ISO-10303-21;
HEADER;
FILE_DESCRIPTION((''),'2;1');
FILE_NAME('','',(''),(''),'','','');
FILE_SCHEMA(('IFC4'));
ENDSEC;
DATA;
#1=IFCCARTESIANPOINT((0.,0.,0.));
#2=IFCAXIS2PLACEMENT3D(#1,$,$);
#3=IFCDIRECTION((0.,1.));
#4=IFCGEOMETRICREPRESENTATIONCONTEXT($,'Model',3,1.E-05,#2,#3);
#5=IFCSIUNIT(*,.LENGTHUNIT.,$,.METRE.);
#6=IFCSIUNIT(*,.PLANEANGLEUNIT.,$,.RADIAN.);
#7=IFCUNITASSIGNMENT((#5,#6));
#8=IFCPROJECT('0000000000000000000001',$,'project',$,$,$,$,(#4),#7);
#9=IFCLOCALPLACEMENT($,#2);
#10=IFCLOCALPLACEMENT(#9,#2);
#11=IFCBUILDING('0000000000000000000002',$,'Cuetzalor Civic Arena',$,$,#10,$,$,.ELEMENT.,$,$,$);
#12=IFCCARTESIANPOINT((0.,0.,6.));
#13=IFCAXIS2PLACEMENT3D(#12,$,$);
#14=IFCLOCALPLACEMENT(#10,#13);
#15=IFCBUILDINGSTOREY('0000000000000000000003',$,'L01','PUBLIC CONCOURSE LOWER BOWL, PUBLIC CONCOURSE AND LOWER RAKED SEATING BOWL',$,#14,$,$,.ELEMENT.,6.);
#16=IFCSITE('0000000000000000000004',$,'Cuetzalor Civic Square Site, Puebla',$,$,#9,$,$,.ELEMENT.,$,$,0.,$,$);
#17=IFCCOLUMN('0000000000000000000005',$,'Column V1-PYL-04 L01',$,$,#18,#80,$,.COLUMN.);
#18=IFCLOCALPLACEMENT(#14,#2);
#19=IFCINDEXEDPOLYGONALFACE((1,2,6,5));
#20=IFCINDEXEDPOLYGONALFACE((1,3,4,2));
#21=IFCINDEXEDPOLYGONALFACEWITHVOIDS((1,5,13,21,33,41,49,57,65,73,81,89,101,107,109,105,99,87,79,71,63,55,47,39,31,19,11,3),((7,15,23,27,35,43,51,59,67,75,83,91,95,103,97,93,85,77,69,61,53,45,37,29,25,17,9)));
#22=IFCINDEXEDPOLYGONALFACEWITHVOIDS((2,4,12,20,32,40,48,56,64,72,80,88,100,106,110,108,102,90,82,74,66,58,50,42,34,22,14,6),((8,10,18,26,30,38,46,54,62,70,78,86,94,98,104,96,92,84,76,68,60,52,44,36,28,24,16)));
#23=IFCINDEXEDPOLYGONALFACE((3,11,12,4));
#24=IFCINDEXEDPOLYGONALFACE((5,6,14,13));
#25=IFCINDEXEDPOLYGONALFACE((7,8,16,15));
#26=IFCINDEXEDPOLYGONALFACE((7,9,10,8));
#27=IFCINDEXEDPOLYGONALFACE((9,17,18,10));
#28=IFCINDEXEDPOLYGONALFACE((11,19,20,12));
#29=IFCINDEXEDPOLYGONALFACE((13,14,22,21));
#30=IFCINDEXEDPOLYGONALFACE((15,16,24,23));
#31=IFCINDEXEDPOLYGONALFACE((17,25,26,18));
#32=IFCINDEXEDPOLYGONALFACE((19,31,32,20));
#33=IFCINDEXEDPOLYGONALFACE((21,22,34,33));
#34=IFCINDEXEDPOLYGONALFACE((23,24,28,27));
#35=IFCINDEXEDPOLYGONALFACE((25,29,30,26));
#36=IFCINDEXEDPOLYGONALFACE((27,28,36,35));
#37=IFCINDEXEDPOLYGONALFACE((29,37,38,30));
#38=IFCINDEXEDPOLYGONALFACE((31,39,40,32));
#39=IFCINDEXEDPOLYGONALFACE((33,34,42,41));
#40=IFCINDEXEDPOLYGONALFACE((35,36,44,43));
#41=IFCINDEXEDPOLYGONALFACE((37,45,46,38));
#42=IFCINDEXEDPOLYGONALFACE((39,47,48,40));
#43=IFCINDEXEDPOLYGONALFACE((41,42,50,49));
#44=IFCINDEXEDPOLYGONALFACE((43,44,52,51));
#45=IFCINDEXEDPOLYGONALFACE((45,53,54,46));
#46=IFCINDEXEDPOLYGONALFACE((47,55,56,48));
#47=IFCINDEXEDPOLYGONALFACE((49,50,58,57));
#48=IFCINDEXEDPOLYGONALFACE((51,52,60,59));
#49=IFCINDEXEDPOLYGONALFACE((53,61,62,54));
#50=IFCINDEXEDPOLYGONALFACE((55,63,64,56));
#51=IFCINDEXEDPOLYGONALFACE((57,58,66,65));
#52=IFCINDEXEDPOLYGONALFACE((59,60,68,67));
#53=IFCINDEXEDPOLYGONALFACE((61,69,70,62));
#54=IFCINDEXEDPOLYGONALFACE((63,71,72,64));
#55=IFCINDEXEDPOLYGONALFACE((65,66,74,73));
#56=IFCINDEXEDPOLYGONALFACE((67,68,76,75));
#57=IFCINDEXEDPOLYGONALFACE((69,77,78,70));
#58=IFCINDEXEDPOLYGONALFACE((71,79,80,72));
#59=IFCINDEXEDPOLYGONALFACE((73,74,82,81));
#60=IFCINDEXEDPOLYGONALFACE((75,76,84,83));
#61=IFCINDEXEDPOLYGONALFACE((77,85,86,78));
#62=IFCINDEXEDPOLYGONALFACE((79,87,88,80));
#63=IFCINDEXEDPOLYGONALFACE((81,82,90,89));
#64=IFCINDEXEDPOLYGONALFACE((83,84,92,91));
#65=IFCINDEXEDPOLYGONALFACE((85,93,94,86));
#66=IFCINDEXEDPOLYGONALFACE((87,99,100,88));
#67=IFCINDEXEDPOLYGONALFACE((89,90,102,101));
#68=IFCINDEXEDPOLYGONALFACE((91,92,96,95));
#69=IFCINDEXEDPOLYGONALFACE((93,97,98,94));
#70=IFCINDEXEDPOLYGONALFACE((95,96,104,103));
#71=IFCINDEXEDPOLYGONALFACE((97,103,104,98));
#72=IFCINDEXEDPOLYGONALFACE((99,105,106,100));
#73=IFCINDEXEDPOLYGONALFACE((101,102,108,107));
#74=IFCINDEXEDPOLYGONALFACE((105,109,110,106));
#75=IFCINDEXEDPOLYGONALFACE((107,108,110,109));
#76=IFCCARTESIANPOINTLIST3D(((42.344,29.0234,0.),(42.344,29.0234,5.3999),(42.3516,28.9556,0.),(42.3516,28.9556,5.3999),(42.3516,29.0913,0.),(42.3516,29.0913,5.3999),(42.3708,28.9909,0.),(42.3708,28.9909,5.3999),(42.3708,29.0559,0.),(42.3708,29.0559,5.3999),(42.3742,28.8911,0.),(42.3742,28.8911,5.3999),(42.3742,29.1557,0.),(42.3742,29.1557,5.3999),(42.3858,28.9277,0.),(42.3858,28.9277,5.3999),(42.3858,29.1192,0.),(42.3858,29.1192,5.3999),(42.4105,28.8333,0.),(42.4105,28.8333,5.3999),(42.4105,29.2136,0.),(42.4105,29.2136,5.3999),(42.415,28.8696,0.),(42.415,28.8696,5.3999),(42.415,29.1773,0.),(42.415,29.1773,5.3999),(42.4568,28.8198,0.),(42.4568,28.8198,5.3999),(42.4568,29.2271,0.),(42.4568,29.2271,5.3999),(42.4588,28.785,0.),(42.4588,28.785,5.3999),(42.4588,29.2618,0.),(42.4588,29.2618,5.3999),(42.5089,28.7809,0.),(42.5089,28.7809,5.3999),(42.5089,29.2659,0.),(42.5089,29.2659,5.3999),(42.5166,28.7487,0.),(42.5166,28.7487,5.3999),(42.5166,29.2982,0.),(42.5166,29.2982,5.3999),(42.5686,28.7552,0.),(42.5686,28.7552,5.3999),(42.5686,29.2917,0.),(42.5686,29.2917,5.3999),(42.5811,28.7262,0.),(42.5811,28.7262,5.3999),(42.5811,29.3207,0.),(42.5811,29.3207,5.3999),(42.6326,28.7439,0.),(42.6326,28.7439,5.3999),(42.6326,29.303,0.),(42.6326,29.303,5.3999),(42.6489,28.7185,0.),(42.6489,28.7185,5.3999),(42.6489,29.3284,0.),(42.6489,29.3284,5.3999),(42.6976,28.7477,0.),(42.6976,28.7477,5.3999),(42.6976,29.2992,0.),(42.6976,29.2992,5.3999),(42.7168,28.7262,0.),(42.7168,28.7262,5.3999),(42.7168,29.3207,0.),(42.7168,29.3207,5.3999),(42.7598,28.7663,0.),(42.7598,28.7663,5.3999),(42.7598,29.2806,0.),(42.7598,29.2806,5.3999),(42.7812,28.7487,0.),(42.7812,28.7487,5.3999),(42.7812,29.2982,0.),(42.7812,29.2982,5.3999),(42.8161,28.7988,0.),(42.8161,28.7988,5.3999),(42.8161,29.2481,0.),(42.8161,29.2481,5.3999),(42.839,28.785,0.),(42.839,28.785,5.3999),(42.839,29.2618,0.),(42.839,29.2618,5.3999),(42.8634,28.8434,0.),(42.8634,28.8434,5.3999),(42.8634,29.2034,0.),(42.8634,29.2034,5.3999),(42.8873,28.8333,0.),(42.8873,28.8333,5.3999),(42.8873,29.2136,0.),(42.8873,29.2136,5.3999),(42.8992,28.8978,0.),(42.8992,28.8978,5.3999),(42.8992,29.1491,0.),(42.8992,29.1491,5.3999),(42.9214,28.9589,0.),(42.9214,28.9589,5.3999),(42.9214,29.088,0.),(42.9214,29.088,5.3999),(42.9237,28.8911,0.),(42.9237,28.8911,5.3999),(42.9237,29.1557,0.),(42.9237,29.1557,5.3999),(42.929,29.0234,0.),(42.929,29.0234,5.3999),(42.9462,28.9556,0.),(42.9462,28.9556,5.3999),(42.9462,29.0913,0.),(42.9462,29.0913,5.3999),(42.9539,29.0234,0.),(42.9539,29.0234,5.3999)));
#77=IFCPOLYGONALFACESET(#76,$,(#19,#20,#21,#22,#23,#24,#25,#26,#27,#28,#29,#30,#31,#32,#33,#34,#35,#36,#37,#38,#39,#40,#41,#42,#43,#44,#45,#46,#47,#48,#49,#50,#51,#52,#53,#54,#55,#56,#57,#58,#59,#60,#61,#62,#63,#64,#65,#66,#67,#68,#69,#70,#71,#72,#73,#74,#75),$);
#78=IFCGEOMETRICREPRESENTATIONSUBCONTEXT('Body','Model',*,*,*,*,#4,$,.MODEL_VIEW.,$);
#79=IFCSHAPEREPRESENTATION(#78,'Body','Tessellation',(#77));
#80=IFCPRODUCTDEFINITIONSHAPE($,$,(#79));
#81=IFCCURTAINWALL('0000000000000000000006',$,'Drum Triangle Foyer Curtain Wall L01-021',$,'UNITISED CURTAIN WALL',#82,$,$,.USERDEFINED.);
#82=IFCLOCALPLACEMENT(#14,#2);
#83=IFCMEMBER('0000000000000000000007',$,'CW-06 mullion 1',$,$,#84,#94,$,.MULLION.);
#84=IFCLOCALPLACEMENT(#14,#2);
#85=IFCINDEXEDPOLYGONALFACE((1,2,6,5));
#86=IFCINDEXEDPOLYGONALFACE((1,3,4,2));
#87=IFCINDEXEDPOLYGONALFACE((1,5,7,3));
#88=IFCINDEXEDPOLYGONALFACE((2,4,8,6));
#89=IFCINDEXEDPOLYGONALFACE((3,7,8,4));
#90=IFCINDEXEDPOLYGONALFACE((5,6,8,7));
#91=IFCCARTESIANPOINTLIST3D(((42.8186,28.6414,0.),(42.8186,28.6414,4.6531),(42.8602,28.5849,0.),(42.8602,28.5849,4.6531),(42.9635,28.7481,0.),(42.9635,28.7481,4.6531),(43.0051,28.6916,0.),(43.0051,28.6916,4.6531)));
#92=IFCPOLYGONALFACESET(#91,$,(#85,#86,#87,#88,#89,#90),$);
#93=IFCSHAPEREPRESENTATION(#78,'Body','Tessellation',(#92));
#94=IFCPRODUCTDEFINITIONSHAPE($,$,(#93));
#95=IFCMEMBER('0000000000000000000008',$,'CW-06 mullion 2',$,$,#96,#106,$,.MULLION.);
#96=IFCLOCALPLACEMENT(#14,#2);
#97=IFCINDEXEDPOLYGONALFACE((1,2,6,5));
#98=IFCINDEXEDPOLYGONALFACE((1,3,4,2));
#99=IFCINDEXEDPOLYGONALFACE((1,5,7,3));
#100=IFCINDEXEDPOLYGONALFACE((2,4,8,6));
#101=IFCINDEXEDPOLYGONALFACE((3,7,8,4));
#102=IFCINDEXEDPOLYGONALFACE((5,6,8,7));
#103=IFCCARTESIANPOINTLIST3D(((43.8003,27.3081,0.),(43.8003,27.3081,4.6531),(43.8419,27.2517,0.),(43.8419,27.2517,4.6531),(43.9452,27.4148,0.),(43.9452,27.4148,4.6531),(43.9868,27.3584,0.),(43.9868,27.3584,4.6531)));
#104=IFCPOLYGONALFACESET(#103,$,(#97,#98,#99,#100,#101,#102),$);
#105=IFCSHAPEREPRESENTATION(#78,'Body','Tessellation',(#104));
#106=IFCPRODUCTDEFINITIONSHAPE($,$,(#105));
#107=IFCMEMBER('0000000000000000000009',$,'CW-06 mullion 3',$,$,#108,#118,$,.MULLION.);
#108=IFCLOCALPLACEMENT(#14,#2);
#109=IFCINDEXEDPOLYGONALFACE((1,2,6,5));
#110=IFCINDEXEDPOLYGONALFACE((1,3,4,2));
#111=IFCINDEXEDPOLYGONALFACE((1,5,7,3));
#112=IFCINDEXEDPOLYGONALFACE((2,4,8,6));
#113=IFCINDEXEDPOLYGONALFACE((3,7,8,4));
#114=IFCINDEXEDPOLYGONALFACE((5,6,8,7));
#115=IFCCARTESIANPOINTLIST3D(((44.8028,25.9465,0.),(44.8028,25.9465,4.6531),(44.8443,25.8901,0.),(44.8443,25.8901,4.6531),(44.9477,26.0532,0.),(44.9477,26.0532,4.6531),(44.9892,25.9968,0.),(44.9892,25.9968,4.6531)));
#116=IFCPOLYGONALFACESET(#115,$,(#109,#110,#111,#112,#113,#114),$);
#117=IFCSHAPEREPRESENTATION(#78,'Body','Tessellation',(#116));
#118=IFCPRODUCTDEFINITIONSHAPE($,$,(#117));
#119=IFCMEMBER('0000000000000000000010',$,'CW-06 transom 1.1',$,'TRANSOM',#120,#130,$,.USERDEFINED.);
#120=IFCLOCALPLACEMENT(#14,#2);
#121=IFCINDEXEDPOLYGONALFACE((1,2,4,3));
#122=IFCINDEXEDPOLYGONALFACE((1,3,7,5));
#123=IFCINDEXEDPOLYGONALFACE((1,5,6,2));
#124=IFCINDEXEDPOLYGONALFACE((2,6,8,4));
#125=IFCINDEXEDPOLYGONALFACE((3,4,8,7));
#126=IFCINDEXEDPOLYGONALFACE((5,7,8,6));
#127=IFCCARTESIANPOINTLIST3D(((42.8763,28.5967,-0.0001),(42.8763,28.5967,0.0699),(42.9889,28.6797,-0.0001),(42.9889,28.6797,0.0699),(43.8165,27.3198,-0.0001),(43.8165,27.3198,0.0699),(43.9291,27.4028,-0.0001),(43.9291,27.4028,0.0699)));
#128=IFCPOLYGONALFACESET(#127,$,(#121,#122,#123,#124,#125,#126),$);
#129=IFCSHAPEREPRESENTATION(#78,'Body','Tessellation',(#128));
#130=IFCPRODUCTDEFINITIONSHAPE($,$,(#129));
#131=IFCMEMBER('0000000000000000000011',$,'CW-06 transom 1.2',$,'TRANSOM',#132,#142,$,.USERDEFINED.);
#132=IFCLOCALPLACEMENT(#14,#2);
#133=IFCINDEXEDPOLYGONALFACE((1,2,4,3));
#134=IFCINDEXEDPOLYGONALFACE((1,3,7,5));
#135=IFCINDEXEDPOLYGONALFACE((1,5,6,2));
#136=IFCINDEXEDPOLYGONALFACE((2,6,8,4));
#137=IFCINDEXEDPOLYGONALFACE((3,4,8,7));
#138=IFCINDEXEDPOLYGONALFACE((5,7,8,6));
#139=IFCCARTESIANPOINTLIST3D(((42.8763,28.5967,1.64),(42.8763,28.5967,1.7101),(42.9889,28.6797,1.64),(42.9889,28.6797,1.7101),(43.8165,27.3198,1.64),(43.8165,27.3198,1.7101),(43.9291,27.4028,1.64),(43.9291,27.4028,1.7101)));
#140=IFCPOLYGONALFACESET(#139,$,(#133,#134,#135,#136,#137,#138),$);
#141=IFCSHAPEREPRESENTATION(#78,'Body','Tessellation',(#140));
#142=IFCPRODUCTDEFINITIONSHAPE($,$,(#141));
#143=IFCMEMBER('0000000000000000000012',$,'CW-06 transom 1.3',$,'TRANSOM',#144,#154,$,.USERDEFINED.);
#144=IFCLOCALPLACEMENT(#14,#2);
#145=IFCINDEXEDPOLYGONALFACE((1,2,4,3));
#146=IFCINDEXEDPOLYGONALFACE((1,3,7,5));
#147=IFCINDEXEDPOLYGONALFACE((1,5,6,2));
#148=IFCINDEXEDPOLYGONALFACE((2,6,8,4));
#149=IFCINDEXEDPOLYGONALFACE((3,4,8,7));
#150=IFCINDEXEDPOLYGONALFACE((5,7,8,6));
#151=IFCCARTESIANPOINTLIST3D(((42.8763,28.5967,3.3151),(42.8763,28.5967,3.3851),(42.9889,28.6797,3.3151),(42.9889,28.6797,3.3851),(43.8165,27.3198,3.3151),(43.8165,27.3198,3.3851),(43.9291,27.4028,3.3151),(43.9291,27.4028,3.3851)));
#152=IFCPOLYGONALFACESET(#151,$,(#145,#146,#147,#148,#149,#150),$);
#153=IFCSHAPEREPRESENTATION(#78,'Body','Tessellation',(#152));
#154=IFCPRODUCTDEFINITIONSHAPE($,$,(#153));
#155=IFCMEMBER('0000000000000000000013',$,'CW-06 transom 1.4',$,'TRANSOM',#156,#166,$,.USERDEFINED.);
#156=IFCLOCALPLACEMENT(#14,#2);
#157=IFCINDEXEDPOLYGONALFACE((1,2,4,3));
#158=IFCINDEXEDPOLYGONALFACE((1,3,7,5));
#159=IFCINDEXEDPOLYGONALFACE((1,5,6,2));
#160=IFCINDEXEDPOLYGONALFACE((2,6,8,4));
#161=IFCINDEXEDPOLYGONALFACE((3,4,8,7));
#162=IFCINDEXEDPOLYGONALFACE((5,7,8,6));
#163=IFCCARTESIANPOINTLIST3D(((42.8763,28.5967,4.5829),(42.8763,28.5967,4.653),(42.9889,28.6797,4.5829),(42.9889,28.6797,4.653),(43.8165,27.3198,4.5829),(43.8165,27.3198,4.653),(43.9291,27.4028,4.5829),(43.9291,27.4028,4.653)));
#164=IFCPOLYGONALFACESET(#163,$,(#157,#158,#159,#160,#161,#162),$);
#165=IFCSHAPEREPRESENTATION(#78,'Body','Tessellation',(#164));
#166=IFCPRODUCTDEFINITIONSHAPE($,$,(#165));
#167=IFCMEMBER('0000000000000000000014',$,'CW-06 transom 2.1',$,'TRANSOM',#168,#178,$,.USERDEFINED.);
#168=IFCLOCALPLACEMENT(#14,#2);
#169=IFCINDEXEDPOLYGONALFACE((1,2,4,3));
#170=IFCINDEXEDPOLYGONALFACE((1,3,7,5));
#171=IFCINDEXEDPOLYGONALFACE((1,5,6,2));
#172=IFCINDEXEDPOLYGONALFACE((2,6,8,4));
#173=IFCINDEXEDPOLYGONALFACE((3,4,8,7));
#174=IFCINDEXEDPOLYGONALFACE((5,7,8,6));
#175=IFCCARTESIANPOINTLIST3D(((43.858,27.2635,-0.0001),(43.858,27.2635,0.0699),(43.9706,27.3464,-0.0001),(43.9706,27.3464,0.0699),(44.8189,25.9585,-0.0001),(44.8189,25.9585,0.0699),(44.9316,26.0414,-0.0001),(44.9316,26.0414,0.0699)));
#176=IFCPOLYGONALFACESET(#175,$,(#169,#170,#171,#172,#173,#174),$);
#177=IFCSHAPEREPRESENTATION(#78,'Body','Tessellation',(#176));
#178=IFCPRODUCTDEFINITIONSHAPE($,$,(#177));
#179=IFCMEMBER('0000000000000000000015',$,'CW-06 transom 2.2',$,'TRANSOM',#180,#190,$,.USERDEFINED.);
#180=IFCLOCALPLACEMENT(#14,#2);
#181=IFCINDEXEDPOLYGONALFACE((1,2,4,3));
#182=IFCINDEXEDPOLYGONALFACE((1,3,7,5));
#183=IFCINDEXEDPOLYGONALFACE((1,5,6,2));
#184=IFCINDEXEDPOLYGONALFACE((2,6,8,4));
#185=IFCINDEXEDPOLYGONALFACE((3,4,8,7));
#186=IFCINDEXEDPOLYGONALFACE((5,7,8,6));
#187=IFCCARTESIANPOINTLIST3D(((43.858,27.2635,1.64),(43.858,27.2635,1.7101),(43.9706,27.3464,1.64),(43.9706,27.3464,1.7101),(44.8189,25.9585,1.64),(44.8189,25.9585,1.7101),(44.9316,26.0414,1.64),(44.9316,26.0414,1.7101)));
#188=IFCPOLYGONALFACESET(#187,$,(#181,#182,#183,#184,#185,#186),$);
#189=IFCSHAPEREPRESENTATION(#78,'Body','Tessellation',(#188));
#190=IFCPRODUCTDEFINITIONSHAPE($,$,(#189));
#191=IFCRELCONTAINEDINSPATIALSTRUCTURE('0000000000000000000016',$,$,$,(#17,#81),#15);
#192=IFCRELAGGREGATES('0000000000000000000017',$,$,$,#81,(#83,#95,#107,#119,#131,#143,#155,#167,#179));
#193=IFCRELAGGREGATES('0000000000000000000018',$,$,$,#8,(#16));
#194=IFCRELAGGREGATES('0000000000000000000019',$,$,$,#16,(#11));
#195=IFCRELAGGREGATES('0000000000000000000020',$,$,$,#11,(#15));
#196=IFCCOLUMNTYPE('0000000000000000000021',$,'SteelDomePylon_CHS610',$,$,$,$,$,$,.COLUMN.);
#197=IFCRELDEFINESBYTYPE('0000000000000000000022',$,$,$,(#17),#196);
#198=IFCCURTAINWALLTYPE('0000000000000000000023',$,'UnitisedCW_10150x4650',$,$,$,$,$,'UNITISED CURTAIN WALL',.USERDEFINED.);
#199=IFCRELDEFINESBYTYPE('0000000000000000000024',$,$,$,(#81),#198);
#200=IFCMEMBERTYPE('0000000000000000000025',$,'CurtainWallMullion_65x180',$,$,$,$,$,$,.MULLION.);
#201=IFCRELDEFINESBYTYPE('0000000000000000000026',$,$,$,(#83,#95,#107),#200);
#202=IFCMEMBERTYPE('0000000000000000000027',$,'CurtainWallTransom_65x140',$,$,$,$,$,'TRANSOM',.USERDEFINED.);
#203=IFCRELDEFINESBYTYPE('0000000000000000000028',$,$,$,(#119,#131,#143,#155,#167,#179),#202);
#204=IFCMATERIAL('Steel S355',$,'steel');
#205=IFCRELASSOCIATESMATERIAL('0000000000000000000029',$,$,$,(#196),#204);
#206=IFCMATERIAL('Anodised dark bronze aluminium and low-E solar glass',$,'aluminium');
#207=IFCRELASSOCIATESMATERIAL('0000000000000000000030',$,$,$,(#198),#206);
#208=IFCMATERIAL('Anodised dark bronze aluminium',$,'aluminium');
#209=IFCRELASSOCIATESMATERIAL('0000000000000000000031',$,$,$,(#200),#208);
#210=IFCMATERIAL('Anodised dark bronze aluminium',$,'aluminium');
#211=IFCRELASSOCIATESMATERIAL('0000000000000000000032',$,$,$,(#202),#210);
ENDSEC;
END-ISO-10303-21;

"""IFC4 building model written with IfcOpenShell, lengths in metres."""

from ifc_helpers import new_model, si_unit, direction, frame, origin, origin_2d, place, context, subcontext, project, spatial, rectangle, hollow_circle, extrude, material, material_profile, profile_set, type_object, element, aggregate, save


model = new_model("IFC4")

# Units and contexts
model_context = context("Model", 3, precision=1e-05, world=origin(), true_north=direction((0.0, 1.0)))
body_context = subcontext(model_context, "Body", "Model", "MODEL_VIEW")
ifc_project = project(units=[si_unit("LENGTHUNIT", "METRE"), si_unit("PLANEANGLEUNIT", "RADIAN")], contexts=[model_context])

# Site, building, storey
site_placement = place(None, origin())
site = spatial("IfcSite", under=ifc_project, at=site_placement, Name="Cuetzalor Civic Square Site, Puebla", CompositionType="ELEMENT", RefElevation=0.0)
building_placement = place(site_placement, origin())
building = spatial("IfcBuilding", under=site, at=building_placement, Name="Cuetzalor Civic Arena", CompositionType="ELEMENT")
storey_placement = place(building_placement, frame((0.0, 0.0, 6.0)))
storey = spatial("IfcBuildingStorey", under=building, at=storey_placement, Name="L01", Description="PUBLIC CONCOURSE LOWER BOWL, PUBLIC CONCOURSE AND LOWER RAKED SEATING BOWL", CompositionType="ELEMENT", Elevation=6.0)

# Column
ifc_material_1 = material(Name="Steel S355", Category="steel")
ifc_material_profile_1 = material_profile(ifc_material_1, hollow_circle(Radius=0.3049, WallThickness=0.0249, at=origin_2d()), Name="CHS 610x25")
ifc_profile_set_1 = profile_set([ifc_material_profile_1], Name="Steel S355")
column_type = type_object("IfcColumnType", Name="SteelDomePylon_CHS610", PredefinedType="COLUMN", material=ifc_profile_set_1)
column_placement = place(storey_placement, frame((42.6489, 29.0234, 0.0), z_axis=(0.0, 0.0, 1.0), x_axis=(1.0, 0.0, 0.0)))
element("IfcColumn", 1, at=column_placement, inside=storey, type_object=column_type, Name="Column V1-PYL-04 L01", PredefinedType="COLUMN", context=body_context, shape_type="SweptSolid", body=[
    extrude(hollow_circle(Radius=0.3049, WallThickness=0.0249, at=origin_2d()), origin(), (0.0, 0.0, 1.0), 5.3999),
])

# Curtain wall, members
ifc_material_2 = material(Name="Anodised dark bronze aluminium and low-E solar glass", Category="aluminium")
curtain_wall_type = type_object("IfcCurtainWallType", Name="UnitisedCW_10150x4650", ElementType="UNITISED CURTAIN WALL", PredefinedType="USERDEFINED", material=ifc_material_2)
curtain_wall_placement = place(storey_placement, origin())
curtain_wall = element("IfcCurtainWall", 2, at=curtain_wall_placement, inside=storey, type_object=curtain_wall_type, Name="Drum Triangle Foyer Curtain Wall L01-021", ObjectType="UNITISED CURTAIN WALL", PredefinedType="USERDEFINED")
ifc_material_3 = material(Name="Anodised dark bronze aluminium", Category="aluminium")
ifc_material_profile_2 = material_profile(ifc_material_3, rectangle(XDim=0.0701, YDim=0.1799, at=origin_2d()), Name="ALU MULLION 70x180")
ifc_profile_set_2 = profile_set([ifc_material_profile_2], Name="Anodised dark bronze aluminium")
member_type_1 = type_object("IfcMemberType", Name="CurtainWallMullion_65x180", PredefinedType="MULLION", material=ifc_profile_set_2)
member_1_placement = place(storey_placement, frame((42.9119, 28.6665, 0.0), z_axis=(0.0, 0.0, 1.0), x_axis=(0.592929, -0.805255, 0.0)))
member_1 = element("IfcMember", 3, at=member_1_placement, type_object=member_type_1, Name="CW-06 mullion 1", PredefinedType="MULLION", context=body_context, shape_type="SweptSolid", body=[
    extrude(rectangle(XDim=0.0701, YDim=0.1799, at=origin_2d()), origin(), (0.0, 0.0, 1.0), 4.6531),
])
member_2_placement = place(storey_placement, frame((43.8936, 27.3333, 0.0), z_axis=(0.0, 0.0, 1.0), x_axis=(0.592929, -0.805255, 0.0)))
member_2 = element("IfcMember", 4, at=member_2_placement, type_object=member_type_1, Name="CW-06 mullion 2", PredefinedType="MULLION", context=body_context, shape_type="SweptSolid", body=[
    extrude(rectangle(XDim=0.0701, YDim=0.1799, at=origin_2d()), origin(), (0.0, 0.0, 1.0), 4.6531),
])
member_3_placement = place(storey_placement, frame((44.896, 25.9717, 0.0), z_axis=(0.0, 0.0, 1.0), x_axis=(0.592929, -0.805255, 0.0)))
member_3 = element("IfcMember", 5, at=member_3_placement, type_object=member_type_1, Name="CW-06 mullion 3", PredefinedType="MULLION", context=body_context, shape_type="SweptSolid", body=[
    extrude(rectangle(XDim=0.0701, YDim=0.1799, at=origin_2d()), origin(), (0.0, 0.0, 1.0), 4.6531),
])
ifc_material_4 = material(Name="Anodised dark bronze aluminium", Category="aluminium")
ifc_material_profile_3 = material_profile(ifc_material_4, rectangle(XDim=0.1399, YDim=0.0701, at=origin_2d()), Name="ALU TRANSOM 70x140")
ifc_profile_set_3 = profile_set([ifc_material_profile_3], Name="Anodised dark bronze aluminium")
member_type_2 = type_object("IfcMemberType", Name="CurtainWallTransom_65x140", ElementType="TRANSOM", PredefinedType="USERDEFINED", material=ifc_profile_set_3)
member_4_placement = place(storey_placement, frame((42.9326, 28.6382, 0.0349), z_axis=(0.592931, -0.805253, 0.0), x_axis=(0.805253, 0.592931, 0.0)))
member_4 = element("IfcMember", 6, at=member_4_placement, type_object=member_type_2, Name="CW-06 transom 1.1", ObjectType="TRANSOM", PredefinedType="USERDEFINED", context=body_context, shape_type="SweptSolid", body=[
    extrude(rectangle(XDim=0.1399, YDim=0.0701, at=origin_2d()), origin(), (0.0, 0.0, 1.0), 1.5857),
])
member_5_placement = place(storey_placement, frame((42.9326, 28.6382, 1.675), z_axis=(0.592931, -0.805253, 0.0), x_axis=(0.805253, 0.592931, 0.0)))
member_5 = element("IfcMember", 7, at=member_5_placement, type_object=member_type_2, Name="CW-06 transom 1.2", ObjectType="TRANSOM", PredefinedType="USERDEFINED", context=body_context, shape_type="SweptSolid", body=[
    extrude(rectangle(XDim=0.1399, YDim=0.0701, at=origin_2d()), origin(), (0.0, 0.0, 1.0), 1.5857),
])
member_6_placement = place(storey_placement, frame((42.9326, 28.6382, 3.3501), z_axis=(0.592931, -0.805253, 0.0), x_axis=(0.805253, 0.592931, 0.0)))
member_6 = element("IfcMember", 8, at=member_6_placement, type_object=member_type_2, Name="CW-06 transom 1.3", ObjectType="TRANSOM", PredefinedType="USERDEFINED", context=body_context, shape_type="SweptSolid", body=[
    extrude(rectangle(XDim=0.1399, YDim=0.0701, at=origin_2d()), origin(), (0.0, 0.0, 1.0), 1.5857),
])
member_7_placement = place(storey_placement, frame((42.9326, 28.6382, 4.6179), z_axis=(0.592931, -0.805253, 0.0), x_axis=(0.805253, 0.592931, 0.0)))
member_7 = element("IfcMember", 9, at=member_7_placement, type_object=member_type_2, Name="CW-06 transom 1.4", ObjectType="TRANSOM", PredefinedType="USERDEFINED", context=body_context, shape_type="SweptSolid", body=[
    extrude(rectangle(XDim=0.1399, YDim=0.0701, at=origin_2d()), origin(), (0.0, 0.0, 1.0), 1.5857),
])
member_8_placement = place(storey_placement, frame((43.9143, 27.3049, 0.0349), z_axis=(0.592963, -0.80523, 0.0), x_axis=(0.80523, 0.592963, 0.0)))
member_8 = element("IfcMember", 10, at=member_8_placement, type_object=member_type_2, Name="CW-06 transom 2.1", ObjectType="TRANSOM", PredefinedType="USERDEFINED", context=body_context, shape_type="SweptSolid", body=[
    extrude(rectangle(XDim=0.1399, YDim=0.0701, at=origin_2d()), origin(), (0.0, 0.0, 1.0), 1.6206),
])
member_9_placement = place(storey_placement, frame((43.9143, 27.3049, 1.675), z_axis=(0.592963, -0.80523, 0.0), x_axis=(0.80523, 0.592963, 0.0)))
member_9 = element("IfcMember", 11, at=member_9_placement, type_object=member_type_2, Name="CW-06 transom 2.2", ObjectType="TRANSOM", PredefinedType="USERDEFINED", context=body_context, shape_type="SweptSolid", body=[
    extrude(rectangle(XDim=0.1399, YDim=0.0701, at=origin_2d()), origin(), (0.0, 0.0, 1.0), 1.6206),
])
aggregate(curtain_wall, [member_1, member_2, member_3, member_4, member_5, member_6, member_7, member_8, member_9])

save(model, "model.ifc")
